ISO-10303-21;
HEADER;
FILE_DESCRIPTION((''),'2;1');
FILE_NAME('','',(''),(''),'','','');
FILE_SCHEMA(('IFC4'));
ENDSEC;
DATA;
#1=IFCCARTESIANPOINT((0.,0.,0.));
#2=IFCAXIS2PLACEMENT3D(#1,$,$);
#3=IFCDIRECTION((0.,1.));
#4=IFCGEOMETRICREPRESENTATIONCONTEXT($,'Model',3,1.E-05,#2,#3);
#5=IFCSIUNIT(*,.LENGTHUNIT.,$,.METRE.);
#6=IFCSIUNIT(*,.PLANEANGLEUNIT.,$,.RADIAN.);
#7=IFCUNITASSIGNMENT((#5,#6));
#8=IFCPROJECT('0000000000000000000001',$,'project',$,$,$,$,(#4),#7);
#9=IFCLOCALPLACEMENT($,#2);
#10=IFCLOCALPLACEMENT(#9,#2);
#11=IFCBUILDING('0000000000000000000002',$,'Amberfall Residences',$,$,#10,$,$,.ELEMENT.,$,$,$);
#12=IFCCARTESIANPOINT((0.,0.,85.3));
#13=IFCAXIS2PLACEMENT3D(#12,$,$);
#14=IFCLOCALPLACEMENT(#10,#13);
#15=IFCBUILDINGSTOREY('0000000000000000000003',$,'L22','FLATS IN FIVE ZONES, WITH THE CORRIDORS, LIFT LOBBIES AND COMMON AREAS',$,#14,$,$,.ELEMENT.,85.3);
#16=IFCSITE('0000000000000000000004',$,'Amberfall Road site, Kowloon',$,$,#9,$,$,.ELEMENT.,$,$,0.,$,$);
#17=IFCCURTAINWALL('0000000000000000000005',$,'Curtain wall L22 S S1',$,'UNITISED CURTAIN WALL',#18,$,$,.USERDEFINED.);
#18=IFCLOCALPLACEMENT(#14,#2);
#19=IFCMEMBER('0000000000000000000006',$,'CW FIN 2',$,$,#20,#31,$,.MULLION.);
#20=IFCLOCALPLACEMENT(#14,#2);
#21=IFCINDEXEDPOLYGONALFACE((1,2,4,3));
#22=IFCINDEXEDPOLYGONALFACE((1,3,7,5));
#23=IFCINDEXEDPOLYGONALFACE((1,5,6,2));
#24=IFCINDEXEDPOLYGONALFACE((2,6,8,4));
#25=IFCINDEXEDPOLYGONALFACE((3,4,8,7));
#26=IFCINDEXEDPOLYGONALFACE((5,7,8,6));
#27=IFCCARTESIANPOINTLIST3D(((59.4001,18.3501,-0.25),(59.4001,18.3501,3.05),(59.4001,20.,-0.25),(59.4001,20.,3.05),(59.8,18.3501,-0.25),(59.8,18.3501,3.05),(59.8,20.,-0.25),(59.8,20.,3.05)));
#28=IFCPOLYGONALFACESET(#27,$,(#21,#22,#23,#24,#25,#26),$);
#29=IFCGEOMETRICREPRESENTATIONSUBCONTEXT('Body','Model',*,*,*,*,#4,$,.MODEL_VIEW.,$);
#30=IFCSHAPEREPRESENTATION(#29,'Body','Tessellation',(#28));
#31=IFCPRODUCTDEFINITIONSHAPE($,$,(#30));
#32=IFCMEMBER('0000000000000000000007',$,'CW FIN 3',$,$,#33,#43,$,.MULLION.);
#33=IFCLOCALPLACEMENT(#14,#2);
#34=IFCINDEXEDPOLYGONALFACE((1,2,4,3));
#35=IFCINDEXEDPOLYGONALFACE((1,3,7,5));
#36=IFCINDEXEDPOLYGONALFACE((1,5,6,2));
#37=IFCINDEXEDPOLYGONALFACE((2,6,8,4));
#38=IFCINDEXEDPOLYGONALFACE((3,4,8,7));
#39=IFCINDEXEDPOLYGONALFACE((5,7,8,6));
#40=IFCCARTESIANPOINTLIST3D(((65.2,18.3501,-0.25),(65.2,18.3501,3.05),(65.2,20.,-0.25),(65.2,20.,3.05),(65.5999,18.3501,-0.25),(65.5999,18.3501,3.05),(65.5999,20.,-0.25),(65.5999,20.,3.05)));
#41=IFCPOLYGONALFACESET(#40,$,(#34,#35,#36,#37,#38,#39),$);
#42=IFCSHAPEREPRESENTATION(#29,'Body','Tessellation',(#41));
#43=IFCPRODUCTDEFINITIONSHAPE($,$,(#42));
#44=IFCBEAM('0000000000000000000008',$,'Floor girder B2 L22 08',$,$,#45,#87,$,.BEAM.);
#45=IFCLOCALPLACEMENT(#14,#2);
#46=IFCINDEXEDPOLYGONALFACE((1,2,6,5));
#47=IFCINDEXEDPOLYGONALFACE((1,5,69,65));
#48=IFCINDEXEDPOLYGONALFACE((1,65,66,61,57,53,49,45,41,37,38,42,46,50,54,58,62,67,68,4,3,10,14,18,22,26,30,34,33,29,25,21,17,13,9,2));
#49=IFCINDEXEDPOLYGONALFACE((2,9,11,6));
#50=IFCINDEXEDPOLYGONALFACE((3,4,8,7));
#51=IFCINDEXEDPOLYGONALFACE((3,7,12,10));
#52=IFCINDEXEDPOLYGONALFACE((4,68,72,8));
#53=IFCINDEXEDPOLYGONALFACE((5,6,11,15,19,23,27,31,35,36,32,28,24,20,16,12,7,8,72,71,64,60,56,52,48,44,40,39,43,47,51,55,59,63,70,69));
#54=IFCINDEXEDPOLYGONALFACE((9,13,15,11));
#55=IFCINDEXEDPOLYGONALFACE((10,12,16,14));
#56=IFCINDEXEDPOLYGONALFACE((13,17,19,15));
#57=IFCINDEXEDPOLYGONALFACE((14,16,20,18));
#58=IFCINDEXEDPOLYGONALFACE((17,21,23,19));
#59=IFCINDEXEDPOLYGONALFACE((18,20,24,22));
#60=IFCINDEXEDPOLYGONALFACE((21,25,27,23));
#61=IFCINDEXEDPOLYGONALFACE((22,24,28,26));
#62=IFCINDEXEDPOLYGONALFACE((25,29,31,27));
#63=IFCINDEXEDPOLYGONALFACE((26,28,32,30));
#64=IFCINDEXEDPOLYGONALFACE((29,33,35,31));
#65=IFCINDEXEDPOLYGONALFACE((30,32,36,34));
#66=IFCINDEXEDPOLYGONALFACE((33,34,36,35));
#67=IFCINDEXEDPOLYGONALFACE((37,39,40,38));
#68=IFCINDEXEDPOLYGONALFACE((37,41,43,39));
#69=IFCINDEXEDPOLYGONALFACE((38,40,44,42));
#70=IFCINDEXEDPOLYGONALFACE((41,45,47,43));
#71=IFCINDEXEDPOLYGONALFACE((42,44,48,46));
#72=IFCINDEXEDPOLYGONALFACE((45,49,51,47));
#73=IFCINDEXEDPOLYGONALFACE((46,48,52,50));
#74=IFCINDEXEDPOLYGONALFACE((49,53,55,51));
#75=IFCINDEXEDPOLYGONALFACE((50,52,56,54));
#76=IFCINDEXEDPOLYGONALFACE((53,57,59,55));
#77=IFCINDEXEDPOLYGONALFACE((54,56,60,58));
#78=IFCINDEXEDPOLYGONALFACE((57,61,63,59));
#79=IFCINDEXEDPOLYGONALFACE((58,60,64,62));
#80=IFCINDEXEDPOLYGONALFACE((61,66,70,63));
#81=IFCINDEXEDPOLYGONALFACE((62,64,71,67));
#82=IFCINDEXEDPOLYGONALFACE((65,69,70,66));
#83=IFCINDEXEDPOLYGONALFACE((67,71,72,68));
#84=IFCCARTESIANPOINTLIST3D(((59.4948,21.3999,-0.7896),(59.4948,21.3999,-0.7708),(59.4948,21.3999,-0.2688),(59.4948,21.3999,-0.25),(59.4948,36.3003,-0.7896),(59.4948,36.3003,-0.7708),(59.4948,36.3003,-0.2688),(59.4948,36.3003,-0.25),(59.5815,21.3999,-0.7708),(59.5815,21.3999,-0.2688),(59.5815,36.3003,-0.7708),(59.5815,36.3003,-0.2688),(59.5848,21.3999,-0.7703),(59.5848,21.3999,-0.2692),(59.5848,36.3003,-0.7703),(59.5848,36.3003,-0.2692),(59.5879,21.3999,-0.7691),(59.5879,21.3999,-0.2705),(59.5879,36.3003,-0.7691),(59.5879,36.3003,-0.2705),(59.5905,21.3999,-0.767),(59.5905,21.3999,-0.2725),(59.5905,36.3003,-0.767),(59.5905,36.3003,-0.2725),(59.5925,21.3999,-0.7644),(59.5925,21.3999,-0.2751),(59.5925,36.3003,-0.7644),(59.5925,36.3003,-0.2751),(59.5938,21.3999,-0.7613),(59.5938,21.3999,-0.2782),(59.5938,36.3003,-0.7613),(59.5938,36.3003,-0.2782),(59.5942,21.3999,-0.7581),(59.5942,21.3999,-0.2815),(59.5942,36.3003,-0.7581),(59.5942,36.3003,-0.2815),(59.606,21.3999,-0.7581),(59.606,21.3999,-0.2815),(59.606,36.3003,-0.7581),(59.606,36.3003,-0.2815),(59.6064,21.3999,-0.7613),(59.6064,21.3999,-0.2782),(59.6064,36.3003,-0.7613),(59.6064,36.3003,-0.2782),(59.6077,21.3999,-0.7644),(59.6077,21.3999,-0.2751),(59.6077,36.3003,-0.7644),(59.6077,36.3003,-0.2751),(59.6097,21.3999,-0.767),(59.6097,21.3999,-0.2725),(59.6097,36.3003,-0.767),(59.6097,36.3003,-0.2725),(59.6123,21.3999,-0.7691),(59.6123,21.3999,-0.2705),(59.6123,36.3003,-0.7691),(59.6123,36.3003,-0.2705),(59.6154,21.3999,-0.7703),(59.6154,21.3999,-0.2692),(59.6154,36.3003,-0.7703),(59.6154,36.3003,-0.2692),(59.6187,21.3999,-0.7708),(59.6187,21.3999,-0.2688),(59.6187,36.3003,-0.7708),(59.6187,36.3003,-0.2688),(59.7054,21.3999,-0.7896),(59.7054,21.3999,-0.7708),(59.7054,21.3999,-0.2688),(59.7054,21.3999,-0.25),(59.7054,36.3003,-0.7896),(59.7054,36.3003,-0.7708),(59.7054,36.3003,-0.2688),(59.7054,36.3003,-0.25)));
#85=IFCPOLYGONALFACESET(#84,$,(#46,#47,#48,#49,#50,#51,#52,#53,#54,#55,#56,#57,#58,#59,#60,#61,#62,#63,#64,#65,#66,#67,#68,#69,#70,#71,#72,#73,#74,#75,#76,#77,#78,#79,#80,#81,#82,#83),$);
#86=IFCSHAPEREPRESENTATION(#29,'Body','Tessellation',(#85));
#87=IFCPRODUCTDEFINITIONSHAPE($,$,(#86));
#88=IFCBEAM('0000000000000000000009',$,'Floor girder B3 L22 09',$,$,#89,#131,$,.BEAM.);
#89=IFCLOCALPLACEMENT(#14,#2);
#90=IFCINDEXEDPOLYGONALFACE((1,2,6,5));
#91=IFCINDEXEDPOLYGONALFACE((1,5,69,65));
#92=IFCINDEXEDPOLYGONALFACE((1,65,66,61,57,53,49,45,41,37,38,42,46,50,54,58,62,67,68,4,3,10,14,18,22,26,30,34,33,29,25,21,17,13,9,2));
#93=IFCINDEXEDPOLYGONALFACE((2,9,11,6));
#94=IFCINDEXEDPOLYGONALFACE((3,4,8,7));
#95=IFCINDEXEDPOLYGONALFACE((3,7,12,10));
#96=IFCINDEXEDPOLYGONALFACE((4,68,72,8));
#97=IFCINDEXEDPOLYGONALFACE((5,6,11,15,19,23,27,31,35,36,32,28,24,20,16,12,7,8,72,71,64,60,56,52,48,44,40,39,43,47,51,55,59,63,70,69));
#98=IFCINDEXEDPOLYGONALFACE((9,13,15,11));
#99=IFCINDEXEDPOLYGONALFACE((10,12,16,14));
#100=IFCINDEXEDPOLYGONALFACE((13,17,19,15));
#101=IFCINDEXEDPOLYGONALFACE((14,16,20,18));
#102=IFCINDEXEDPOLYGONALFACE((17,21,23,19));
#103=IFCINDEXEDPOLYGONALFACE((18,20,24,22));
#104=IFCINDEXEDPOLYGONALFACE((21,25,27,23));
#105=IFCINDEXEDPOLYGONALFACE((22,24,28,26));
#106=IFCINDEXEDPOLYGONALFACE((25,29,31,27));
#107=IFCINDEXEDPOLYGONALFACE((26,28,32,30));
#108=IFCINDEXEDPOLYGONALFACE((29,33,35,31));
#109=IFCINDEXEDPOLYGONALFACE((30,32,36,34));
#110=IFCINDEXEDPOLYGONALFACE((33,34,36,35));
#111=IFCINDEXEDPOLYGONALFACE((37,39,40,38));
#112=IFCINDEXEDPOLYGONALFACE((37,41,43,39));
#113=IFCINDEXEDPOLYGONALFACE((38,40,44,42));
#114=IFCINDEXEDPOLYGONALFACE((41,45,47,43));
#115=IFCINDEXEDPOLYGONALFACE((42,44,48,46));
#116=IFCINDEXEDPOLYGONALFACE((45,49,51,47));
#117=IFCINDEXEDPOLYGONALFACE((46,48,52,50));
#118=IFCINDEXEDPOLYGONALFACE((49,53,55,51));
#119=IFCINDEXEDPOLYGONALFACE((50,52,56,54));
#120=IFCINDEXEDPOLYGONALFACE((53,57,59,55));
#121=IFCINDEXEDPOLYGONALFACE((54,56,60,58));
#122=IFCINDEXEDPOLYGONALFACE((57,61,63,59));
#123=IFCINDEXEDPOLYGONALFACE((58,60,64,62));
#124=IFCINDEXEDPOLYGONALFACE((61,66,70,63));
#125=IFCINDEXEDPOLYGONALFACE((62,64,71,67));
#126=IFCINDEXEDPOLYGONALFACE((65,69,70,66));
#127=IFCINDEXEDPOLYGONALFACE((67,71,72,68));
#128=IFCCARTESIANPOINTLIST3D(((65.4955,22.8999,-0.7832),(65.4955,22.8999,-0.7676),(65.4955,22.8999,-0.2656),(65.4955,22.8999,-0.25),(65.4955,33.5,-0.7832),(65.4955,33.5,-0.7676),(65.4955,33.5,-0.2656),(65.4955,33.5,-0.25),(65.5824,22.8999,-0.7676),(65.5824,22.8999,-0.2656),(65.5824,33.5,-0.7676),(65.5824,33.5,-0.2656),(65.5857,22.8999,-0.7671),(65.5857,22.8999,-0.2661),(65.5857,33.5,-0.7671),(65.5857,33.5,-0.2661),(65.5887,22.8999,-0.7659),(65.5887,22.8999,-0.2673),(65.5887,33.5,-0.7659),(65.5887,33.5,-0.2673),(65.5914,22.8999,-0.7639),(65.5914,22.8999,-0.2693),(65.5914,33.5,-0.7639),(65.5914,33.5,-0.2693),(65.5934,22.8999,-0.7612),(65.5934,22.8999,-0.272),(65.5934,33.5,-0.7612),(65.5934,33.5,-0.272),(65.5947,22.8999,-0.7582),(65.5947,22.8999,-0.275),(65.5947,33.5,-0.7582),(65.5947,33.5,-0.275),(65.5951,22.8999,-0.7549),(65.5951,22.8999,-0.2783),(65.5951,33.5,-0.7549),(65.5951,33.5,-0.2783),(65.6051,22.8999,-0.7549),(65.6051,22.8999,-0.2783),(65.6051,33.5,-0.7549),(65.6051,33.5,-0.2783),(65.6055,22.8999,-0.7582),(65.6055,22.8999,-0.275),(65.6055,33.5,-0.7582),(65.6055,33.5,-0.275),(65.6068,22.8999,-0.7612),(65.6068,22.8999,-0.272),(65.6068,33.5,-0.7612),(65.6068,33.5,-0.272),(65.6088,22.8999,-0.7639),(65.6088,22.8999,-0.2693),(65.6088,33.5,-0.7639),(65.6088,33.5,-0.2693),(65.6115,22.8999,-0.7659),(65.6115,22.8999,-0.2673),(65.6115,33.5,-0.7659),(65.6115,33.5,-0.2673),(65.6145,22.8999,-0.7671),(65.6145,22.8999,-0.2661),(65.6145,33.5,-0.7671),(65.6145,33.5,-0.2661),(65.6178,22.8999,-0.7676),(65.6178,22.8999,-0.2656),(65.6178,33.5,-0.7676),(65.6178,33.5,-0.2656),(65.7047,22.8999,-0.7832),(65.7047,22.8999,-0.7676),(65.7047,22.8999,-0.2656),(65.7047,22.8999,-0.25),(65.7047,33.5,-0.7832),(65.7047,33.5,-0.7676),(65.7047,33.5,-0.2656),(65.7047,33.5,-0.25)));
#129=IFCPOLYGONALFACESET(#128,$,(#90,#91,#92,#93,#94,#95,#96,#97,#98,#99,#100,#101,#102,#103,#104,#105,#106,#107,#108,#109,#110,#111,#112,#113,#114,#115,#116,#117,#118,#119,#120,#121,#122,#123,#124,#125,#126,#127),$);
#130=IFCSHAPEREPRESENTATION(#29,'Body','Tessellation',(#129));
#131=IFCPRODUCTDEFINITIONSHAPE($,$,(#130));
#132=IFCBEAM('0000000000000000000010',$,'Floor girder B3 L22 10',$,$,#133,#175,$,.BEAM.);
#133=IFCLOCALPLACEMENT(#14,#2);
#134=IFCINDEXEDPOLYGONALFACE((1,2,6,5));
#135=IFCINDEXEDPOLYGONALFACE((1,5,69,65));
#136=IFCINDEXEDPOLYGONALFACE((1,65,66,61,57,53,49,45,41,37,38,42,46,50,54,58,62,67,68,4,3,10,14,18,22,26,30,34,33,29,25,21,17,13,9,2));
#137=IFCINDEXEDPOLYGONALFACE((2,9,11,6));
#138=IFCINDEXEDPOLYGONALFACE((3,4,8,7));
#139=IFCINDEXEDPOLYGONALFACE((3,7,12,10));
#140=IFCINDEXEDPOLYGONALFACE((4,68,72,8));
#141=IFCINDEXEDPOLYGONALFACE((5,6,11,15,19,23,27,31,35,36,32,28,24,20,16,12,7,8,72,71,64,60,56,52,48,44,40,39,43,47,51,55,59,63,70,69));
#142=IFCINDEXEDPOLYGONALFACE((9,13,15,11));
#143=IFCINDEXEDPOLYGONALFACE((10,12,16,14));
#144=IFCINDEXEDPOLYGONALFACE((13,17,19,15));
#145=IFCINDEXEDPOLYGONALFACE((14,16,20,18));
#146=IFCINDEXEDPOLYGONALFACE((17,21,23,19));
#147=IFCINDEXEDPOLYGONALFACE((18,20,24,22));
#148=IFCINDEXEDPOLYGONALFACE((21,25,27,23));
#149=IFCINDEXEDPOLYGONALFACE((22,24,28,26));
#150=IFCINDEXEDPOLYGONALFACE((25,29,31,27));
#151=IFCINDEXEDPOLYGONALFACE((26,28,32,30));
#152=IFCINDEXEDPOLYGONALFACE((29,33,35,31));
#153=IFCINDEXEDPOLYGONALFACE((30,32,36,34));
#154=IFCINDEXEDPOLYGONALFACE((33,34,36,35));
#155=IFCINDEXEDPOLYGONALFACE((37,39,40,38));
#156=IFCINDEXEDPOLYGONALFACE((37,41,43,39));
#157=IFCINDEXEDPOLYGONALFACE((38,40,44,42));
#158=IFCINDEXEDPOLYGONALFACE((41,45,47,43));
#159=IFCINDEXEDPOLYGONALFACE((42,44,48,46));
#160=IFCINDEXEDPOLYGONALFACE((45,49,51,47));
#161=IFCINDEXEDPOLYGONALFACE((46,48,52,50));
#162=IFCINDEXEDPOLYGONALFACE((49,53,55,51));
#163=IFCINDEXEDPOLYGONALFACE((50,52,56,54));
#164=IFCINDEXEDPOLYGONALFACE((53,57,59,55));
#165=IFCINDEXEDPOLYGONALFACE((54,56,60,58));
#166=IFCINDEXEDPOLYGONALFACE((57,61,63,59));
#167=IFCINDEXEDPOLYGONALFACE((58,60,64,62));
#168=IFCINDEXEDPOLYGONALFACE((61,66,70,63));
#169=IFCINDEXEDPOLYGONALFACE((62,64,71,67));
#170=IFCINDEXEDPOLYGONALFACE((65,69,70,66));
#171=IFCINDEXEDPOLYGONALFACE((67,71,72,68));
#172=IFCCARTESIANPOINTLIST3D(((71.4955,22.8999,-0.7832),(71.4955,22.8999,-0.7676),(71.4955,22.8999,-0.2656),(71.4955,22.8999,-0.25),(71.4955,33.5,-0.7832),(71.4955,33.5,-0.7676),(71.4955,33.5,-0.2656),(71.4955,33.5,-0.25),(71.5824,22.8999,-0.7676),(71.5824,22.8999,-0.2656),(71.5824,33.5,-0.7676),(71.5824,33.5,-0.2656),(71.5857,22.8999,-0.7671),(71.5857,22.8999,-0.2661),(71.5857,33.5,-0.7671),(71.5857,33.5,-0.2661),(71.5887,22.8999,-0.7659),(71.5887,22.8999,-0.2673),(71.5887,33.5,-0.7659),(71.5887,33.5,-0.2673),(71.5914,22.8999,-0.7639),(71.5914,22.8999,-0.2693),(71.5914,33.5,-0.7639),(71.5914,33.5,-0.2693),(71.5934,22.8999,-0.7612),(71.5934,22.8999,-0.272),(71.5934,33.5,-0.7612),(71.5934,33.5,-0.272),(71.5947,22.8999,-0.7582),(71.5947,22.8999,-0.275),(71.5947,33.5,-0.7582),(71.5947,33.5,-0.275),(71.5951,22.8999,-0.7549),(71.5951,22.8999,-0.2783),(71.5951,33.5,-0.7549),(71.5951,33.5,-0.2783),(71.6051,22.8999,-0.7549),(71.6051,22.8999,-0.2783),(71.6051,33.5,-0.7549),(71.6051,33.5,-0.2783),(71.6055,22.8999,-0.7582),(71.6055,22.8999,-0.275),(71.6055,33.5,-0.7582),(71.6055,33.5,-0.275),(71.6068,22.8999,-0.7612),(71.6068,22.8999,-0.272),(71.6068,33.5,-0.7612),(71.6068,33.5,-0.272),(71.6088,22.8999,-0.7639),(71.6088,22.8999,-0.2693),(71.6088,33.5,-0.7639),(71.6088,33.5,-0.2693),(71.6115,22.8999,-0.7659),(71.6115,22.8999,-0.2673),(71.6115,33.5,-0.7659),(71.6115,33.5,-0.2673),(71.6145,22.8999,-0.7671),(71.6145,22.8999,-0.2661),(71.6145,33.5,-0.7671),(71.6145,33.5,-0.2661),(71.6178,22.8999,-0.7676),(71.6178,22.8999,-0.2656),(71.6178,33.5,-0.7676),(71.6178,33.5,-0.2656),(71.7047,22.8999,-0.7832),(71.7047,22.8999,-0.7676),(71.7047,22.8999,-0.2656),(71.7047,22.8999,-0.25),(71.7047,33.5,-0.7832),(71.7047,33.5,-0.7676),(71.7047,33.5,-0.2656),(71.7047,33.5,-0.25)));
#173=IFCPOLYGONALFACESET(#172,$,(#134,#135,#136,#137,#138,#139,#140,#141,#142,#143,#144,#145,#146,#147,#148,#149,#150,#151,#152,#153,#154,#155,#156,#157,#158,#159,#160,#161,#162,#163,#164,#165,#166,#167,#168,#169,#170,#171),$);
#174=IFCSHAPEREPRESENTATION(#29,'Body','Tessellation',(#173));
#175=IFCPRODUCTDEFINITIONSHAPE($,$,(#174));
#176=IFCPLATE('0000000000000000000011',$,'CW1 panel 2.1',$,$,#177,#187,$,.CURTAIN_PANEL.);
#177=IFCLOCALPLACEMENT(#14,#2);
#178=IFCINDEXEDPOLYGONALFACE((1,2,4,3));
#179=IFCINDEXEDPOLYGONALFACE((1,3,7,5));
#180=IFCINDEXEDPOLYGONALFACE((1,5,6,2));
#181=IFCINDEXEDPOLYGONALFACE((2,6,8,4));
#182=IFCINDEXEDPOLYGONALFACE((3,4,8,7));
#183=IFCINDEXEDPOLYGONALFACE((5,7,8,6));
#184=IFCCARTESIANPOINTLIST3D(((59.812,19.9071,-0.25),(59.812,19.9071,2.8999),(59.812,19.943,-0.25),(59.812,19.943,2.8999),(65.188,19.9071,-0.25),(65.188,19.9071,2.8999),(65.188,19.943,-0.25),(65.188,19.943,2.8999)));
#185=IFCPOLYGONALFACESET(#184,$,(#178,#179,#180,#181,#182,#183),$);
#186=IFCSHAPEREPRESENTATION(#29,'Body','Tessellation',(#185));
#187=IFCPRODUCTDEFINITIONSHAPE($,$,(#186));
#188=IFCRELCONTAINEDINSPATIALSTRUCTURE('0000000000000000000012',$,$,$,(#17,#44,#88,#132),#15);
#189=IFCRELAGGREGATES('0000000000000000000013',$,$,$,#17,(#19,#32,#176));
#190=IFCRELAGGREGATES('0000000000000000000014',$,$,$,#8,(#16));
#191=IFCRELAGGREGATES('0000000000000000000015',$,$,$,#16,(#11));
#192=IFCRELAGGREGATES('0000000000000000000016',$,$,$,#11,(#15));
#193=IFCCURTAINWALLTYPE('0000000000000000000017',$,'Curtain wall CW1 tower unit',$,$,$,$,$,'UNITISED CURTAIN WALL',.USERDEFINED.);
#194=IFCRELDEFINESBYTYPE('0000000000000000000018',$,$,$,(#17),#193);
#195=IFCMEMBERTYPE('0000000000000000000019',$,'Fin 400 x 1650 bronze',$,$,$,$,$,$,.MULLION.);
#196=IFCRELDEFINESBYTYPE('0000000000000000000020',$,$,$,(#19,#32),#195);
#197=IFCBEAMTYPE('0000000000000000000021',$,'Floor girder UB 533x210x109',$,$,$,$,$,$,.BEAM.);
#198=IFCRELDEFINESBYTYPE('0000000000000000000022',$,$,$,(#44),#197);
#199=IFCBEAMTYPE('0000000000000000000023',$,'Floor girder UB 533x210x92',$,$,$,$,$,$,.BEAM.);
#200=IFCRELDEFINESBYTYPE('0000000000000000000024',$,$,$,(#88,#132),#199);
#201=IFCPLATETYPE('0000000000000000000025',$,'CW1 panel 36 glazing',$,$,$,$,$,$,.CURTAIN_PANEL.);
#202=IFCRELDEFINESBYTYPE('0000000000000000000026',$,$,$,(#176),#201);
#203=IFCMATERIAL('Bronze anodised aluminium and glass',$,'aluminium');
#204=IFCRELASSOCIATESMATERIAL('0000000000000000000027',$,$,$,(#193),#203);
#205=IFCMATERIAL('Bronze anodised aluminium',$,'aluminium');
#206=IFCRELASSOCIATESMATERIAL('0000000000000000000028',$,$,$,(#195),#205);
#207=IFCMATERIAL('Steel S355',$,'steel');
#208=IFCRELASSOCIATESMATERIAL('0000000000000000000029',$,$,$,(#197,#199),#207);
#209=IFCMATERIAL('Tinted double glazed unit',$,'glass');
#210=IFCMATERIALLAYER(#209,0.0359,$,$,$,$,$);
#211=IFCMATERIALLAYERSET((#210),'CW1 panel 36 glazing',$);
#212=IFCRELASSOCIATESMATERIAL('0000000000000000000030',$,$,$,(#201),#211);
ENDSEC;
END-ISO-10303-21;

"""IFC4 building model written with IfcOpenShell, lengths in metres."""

from ifc_helpers import new_model, si_unit, direction, frame, origin, origin_2d, place, context, subcontext, project, spatial, rectangle, i_section, extrude, material, layer, layer_set, material_profile, profile_set, type_object, element, aggregate, save


model = new_model("IFC4")

# Units and contexts
model_context = context("Model", 3, precision=1e-05, world=origin(), true_north=direction((0.0, 1.0)))
body_context = subcontext(model_context, "Body", "Model", "MODEL_VIEW")
ifc_project = project(units=[si_unit("LENGTHUNIT", "METRE"), si_unit("PLANEANGLEUNIT", "RADIAN")], contexts=[model_context])

# Site, building, storey
site_placement = place(None, origin())
site = spatial("IfcSite", under=ifc_project, at=site_placement, Name="Amberfall Road site, Kowloon", CompositionType="ELEMENT", RefElevation=0.0)
building_placement = place(site_placement, origin())
building = spatial("IfcBuilding", under=site, at=building_placement, Name="Amberfall Residences", CompositionType="ELEMENT")
storey_placement = place(building_placement, frame((0.0, 0.0, 85.3)))
storey = spatial("IfcBuildingStorey", under=building, at=storey_placement, Name="L22", Description="FLATS IN FIVE ZONES, WITH THE CORRIDORS, LIFT LOBBIES AND COMMON AREAS", CompositionType="ELEMENT", Elevation=85.3)

# Curtain wall
ifc_material_1 = material(Name="Bronze anodised aluminium and glass", Category="aluminium")
curtain_wall_type = type_object("IfcCurtainWallType", Name="Curtain wall CW1 tower unit", ElementType="UNITISED CURTAIN WALL", PredefinedType="USERDEFINED", material=ifc_material_1)
curtain_wall_placement = place(storey_placement, origin())
curtain_wall = element("IfcCurtainWall", 1, at=curtain_wall_placement, inside=storey, type_object=curtain_wall_type, Name="Curtain wall L22 S S1", ObjectType="UNITISED CURTAIN WALL", PredefinedType="USERDEFINED")
ifc_material_2 = material(Name="Bronze anodised aluminium", Category="aluminium")

# Shared definitions
ifc_material_3 = material(Name="Steel S355", Category="steel")

# Members
ifc_material_profile_1 = material_profile(ifc_material_2, rectangle(XDim=1.6499, YDim=0.3999, at=origin_2d()), Name="Fin 400 x 1650 bronze")
ifc_profile_set_1 = profile_set([ifc_material_profile_1], Name="Bronze anodised aluminium")
member_type_1 = type_object("IfcMemberType", Name="Fin 400 x 1650 bronze", PredefinedType="MULLION", material=ifc_profile_set_1)
member_1_placement = place(storey_placement, frame((59.6001, 19.175, -0.25), z_axis=(0.0, 0.0, 1.0), x_axis=(0.0, 1.0, 0.0)))
member_1 = element("IfcMember", 2, at=member_1_placement, type_object=member_type_1, Name="CW FIN 2", PredefinedType="MULLION", context=body_context, shape_type="SweptSolid", body=[
    extrude(rectangle(XDim=1.6499, YDim=0.3999, at=origin_2d()), origin(), (0.0, 0.0, 1.0), 3.3),
])
member_2_placement = place(storey_placement, frame((65.3999, 19.175, -0.25), z_axis=(0.0, 0.0, 1.0), x_axis=(0.0, 1.0, 0.0)))
member_2 = element("IfcMember", 3, at=member_2_placement, type_object=member_type_1, Name="CW FIN 3", PredefinedType="MULLION", context=body_context, shape_type="SweptSolid", body=[
    extrude(rectangle(XDim=1.6499, YDim=0.3999, at=origin_2d()), origin(), (0.0, 0.0, 1.0), 3.3),
])

# Beams
ifc_material_profile_2 = material_profile(ifc_material_3, i_section(OverallWidth=0.2107, OverallDepth=0.5396, WebThickness=0.0117, FlangeThickness=0.0188, FilletRadius=0.0127, at=origin_2d()), Name="UB 533x210x109")
ifc_profile_set_2 = profile_set([ifc_material_profile_2], Name="Steel S355")
beam_type_1 = type_object("IfcBeamType", Name="Floor girder UB 533x210x109", PredefinedType="BEAM", material=ifc_profile_set_2)
beam_1_placement = place(storey_placement, frame((59.6001, 21.3999, -0.5198), z_axis=(0.0, 1.0, 0.0), x_axis=(-1.0, 0.0, 0.0)))
element("IfcBeam", 4, at=beam_1_placement, inside=storey, type_object=beam_type_1, Name="Floor girder B2 L22 08", PredefinedType="BEAM", context=body_context, shape_type="SweptSolid", body=[
    extrude(i_section(OverallWidth=0.2107, OverallDepth=0.5396, WebThickness=0.0117, FlangeThickness=0.0188, FilletRadius=0.0127, at=origin_2d()), origin(), (0.0, 0.0, 1.0), 14.9004),
])
ifc_material_profile_3 = material_profile(ifc_material_3, i_section(OverallWidth=0.2092, OverallDepth=0.5332, WebThickness=0.01, FlangeThickness=0.0156, FilletRadius=0.0127, at=origin_2d()), Name="UB 533x210x92")
ifc_profile_set_3 = profile_set([ifc_material_profile_3], Name="Steel S355")
beam_type_2 = type_object("IfcBeamType", Name="Floor girder UB 533x210x92", PredefinedType="BEAM", material=ifc_profile_set_3)
for number, where, z_axis, x_axis, name in (
    (5, (65.6001, 22.8999, -0.5166), (0.0, 1.0, 0.0), (-1.0, 0.0, 0.0), "Floor girder B3 L22 09"),
    (6, (71.6001, 22.8999, -0.5166), (0.0, 1.0, 0.0), (-1.0, 0.0, 0.0), "Floor girder B3 L22 10"),
):
    element("IfcBeam", number, at=place(storey_placement, frame(where, z_axis=z_axis, x_axis=x_axis)), inside=storey, type_object=beam_type_2, Name=name, PredefinedType="BEAM", context=body_context, shape_type="SweptSolid", body=[
        extrude(i_section(OverallWidth=0.2092, OverallDepth=0.5332, WebThickness=0.01, FlangeThickness=0.0156, FilletRadius=0.0127, at=origin_2d()), origin(), (0.0, 0.0, 1.0), 10.6001),
    ])

# Plate
ifc_material_4 = material(Name="Tinted double glazed unit", Category="glass")
ifc_layer_1 = layer(ifc_material_4, 0.0359)
ifc_layer_set_1 = layer_set([ifc_layer_1], Name="CW1 panel 36 glazing")
plate_type = type_object("IfcPlateType", Name="CW1 panel 36 glazing", PredefinedType="CURTAIN_PANEL", material=ifc_layer_set_1)
plate_placement = place(storey_placement, frame((62.5, 19.925, -0.25), z_axis=(0.0, 0.0, 1.0), x_axis=(1.0, 0.0, 0.0)))
plate = element("IfcPlate", 7, at=plate_placement, type_object=plate_type, Name="CW1 panel 2.1", PredefinedType="CURTAIN_PANEL", context=body_context, shape_type="SweptSolid", body=[
    extrude(rectangle(XDim=5.376, YDim=0.0359, at=origin_2d()), origin(), (0.0, 0.0, 1.0), 3.1499),
])
aggregate(curtain_wall, [member_1, member_2, plate])

save(model, "model.ifc")
